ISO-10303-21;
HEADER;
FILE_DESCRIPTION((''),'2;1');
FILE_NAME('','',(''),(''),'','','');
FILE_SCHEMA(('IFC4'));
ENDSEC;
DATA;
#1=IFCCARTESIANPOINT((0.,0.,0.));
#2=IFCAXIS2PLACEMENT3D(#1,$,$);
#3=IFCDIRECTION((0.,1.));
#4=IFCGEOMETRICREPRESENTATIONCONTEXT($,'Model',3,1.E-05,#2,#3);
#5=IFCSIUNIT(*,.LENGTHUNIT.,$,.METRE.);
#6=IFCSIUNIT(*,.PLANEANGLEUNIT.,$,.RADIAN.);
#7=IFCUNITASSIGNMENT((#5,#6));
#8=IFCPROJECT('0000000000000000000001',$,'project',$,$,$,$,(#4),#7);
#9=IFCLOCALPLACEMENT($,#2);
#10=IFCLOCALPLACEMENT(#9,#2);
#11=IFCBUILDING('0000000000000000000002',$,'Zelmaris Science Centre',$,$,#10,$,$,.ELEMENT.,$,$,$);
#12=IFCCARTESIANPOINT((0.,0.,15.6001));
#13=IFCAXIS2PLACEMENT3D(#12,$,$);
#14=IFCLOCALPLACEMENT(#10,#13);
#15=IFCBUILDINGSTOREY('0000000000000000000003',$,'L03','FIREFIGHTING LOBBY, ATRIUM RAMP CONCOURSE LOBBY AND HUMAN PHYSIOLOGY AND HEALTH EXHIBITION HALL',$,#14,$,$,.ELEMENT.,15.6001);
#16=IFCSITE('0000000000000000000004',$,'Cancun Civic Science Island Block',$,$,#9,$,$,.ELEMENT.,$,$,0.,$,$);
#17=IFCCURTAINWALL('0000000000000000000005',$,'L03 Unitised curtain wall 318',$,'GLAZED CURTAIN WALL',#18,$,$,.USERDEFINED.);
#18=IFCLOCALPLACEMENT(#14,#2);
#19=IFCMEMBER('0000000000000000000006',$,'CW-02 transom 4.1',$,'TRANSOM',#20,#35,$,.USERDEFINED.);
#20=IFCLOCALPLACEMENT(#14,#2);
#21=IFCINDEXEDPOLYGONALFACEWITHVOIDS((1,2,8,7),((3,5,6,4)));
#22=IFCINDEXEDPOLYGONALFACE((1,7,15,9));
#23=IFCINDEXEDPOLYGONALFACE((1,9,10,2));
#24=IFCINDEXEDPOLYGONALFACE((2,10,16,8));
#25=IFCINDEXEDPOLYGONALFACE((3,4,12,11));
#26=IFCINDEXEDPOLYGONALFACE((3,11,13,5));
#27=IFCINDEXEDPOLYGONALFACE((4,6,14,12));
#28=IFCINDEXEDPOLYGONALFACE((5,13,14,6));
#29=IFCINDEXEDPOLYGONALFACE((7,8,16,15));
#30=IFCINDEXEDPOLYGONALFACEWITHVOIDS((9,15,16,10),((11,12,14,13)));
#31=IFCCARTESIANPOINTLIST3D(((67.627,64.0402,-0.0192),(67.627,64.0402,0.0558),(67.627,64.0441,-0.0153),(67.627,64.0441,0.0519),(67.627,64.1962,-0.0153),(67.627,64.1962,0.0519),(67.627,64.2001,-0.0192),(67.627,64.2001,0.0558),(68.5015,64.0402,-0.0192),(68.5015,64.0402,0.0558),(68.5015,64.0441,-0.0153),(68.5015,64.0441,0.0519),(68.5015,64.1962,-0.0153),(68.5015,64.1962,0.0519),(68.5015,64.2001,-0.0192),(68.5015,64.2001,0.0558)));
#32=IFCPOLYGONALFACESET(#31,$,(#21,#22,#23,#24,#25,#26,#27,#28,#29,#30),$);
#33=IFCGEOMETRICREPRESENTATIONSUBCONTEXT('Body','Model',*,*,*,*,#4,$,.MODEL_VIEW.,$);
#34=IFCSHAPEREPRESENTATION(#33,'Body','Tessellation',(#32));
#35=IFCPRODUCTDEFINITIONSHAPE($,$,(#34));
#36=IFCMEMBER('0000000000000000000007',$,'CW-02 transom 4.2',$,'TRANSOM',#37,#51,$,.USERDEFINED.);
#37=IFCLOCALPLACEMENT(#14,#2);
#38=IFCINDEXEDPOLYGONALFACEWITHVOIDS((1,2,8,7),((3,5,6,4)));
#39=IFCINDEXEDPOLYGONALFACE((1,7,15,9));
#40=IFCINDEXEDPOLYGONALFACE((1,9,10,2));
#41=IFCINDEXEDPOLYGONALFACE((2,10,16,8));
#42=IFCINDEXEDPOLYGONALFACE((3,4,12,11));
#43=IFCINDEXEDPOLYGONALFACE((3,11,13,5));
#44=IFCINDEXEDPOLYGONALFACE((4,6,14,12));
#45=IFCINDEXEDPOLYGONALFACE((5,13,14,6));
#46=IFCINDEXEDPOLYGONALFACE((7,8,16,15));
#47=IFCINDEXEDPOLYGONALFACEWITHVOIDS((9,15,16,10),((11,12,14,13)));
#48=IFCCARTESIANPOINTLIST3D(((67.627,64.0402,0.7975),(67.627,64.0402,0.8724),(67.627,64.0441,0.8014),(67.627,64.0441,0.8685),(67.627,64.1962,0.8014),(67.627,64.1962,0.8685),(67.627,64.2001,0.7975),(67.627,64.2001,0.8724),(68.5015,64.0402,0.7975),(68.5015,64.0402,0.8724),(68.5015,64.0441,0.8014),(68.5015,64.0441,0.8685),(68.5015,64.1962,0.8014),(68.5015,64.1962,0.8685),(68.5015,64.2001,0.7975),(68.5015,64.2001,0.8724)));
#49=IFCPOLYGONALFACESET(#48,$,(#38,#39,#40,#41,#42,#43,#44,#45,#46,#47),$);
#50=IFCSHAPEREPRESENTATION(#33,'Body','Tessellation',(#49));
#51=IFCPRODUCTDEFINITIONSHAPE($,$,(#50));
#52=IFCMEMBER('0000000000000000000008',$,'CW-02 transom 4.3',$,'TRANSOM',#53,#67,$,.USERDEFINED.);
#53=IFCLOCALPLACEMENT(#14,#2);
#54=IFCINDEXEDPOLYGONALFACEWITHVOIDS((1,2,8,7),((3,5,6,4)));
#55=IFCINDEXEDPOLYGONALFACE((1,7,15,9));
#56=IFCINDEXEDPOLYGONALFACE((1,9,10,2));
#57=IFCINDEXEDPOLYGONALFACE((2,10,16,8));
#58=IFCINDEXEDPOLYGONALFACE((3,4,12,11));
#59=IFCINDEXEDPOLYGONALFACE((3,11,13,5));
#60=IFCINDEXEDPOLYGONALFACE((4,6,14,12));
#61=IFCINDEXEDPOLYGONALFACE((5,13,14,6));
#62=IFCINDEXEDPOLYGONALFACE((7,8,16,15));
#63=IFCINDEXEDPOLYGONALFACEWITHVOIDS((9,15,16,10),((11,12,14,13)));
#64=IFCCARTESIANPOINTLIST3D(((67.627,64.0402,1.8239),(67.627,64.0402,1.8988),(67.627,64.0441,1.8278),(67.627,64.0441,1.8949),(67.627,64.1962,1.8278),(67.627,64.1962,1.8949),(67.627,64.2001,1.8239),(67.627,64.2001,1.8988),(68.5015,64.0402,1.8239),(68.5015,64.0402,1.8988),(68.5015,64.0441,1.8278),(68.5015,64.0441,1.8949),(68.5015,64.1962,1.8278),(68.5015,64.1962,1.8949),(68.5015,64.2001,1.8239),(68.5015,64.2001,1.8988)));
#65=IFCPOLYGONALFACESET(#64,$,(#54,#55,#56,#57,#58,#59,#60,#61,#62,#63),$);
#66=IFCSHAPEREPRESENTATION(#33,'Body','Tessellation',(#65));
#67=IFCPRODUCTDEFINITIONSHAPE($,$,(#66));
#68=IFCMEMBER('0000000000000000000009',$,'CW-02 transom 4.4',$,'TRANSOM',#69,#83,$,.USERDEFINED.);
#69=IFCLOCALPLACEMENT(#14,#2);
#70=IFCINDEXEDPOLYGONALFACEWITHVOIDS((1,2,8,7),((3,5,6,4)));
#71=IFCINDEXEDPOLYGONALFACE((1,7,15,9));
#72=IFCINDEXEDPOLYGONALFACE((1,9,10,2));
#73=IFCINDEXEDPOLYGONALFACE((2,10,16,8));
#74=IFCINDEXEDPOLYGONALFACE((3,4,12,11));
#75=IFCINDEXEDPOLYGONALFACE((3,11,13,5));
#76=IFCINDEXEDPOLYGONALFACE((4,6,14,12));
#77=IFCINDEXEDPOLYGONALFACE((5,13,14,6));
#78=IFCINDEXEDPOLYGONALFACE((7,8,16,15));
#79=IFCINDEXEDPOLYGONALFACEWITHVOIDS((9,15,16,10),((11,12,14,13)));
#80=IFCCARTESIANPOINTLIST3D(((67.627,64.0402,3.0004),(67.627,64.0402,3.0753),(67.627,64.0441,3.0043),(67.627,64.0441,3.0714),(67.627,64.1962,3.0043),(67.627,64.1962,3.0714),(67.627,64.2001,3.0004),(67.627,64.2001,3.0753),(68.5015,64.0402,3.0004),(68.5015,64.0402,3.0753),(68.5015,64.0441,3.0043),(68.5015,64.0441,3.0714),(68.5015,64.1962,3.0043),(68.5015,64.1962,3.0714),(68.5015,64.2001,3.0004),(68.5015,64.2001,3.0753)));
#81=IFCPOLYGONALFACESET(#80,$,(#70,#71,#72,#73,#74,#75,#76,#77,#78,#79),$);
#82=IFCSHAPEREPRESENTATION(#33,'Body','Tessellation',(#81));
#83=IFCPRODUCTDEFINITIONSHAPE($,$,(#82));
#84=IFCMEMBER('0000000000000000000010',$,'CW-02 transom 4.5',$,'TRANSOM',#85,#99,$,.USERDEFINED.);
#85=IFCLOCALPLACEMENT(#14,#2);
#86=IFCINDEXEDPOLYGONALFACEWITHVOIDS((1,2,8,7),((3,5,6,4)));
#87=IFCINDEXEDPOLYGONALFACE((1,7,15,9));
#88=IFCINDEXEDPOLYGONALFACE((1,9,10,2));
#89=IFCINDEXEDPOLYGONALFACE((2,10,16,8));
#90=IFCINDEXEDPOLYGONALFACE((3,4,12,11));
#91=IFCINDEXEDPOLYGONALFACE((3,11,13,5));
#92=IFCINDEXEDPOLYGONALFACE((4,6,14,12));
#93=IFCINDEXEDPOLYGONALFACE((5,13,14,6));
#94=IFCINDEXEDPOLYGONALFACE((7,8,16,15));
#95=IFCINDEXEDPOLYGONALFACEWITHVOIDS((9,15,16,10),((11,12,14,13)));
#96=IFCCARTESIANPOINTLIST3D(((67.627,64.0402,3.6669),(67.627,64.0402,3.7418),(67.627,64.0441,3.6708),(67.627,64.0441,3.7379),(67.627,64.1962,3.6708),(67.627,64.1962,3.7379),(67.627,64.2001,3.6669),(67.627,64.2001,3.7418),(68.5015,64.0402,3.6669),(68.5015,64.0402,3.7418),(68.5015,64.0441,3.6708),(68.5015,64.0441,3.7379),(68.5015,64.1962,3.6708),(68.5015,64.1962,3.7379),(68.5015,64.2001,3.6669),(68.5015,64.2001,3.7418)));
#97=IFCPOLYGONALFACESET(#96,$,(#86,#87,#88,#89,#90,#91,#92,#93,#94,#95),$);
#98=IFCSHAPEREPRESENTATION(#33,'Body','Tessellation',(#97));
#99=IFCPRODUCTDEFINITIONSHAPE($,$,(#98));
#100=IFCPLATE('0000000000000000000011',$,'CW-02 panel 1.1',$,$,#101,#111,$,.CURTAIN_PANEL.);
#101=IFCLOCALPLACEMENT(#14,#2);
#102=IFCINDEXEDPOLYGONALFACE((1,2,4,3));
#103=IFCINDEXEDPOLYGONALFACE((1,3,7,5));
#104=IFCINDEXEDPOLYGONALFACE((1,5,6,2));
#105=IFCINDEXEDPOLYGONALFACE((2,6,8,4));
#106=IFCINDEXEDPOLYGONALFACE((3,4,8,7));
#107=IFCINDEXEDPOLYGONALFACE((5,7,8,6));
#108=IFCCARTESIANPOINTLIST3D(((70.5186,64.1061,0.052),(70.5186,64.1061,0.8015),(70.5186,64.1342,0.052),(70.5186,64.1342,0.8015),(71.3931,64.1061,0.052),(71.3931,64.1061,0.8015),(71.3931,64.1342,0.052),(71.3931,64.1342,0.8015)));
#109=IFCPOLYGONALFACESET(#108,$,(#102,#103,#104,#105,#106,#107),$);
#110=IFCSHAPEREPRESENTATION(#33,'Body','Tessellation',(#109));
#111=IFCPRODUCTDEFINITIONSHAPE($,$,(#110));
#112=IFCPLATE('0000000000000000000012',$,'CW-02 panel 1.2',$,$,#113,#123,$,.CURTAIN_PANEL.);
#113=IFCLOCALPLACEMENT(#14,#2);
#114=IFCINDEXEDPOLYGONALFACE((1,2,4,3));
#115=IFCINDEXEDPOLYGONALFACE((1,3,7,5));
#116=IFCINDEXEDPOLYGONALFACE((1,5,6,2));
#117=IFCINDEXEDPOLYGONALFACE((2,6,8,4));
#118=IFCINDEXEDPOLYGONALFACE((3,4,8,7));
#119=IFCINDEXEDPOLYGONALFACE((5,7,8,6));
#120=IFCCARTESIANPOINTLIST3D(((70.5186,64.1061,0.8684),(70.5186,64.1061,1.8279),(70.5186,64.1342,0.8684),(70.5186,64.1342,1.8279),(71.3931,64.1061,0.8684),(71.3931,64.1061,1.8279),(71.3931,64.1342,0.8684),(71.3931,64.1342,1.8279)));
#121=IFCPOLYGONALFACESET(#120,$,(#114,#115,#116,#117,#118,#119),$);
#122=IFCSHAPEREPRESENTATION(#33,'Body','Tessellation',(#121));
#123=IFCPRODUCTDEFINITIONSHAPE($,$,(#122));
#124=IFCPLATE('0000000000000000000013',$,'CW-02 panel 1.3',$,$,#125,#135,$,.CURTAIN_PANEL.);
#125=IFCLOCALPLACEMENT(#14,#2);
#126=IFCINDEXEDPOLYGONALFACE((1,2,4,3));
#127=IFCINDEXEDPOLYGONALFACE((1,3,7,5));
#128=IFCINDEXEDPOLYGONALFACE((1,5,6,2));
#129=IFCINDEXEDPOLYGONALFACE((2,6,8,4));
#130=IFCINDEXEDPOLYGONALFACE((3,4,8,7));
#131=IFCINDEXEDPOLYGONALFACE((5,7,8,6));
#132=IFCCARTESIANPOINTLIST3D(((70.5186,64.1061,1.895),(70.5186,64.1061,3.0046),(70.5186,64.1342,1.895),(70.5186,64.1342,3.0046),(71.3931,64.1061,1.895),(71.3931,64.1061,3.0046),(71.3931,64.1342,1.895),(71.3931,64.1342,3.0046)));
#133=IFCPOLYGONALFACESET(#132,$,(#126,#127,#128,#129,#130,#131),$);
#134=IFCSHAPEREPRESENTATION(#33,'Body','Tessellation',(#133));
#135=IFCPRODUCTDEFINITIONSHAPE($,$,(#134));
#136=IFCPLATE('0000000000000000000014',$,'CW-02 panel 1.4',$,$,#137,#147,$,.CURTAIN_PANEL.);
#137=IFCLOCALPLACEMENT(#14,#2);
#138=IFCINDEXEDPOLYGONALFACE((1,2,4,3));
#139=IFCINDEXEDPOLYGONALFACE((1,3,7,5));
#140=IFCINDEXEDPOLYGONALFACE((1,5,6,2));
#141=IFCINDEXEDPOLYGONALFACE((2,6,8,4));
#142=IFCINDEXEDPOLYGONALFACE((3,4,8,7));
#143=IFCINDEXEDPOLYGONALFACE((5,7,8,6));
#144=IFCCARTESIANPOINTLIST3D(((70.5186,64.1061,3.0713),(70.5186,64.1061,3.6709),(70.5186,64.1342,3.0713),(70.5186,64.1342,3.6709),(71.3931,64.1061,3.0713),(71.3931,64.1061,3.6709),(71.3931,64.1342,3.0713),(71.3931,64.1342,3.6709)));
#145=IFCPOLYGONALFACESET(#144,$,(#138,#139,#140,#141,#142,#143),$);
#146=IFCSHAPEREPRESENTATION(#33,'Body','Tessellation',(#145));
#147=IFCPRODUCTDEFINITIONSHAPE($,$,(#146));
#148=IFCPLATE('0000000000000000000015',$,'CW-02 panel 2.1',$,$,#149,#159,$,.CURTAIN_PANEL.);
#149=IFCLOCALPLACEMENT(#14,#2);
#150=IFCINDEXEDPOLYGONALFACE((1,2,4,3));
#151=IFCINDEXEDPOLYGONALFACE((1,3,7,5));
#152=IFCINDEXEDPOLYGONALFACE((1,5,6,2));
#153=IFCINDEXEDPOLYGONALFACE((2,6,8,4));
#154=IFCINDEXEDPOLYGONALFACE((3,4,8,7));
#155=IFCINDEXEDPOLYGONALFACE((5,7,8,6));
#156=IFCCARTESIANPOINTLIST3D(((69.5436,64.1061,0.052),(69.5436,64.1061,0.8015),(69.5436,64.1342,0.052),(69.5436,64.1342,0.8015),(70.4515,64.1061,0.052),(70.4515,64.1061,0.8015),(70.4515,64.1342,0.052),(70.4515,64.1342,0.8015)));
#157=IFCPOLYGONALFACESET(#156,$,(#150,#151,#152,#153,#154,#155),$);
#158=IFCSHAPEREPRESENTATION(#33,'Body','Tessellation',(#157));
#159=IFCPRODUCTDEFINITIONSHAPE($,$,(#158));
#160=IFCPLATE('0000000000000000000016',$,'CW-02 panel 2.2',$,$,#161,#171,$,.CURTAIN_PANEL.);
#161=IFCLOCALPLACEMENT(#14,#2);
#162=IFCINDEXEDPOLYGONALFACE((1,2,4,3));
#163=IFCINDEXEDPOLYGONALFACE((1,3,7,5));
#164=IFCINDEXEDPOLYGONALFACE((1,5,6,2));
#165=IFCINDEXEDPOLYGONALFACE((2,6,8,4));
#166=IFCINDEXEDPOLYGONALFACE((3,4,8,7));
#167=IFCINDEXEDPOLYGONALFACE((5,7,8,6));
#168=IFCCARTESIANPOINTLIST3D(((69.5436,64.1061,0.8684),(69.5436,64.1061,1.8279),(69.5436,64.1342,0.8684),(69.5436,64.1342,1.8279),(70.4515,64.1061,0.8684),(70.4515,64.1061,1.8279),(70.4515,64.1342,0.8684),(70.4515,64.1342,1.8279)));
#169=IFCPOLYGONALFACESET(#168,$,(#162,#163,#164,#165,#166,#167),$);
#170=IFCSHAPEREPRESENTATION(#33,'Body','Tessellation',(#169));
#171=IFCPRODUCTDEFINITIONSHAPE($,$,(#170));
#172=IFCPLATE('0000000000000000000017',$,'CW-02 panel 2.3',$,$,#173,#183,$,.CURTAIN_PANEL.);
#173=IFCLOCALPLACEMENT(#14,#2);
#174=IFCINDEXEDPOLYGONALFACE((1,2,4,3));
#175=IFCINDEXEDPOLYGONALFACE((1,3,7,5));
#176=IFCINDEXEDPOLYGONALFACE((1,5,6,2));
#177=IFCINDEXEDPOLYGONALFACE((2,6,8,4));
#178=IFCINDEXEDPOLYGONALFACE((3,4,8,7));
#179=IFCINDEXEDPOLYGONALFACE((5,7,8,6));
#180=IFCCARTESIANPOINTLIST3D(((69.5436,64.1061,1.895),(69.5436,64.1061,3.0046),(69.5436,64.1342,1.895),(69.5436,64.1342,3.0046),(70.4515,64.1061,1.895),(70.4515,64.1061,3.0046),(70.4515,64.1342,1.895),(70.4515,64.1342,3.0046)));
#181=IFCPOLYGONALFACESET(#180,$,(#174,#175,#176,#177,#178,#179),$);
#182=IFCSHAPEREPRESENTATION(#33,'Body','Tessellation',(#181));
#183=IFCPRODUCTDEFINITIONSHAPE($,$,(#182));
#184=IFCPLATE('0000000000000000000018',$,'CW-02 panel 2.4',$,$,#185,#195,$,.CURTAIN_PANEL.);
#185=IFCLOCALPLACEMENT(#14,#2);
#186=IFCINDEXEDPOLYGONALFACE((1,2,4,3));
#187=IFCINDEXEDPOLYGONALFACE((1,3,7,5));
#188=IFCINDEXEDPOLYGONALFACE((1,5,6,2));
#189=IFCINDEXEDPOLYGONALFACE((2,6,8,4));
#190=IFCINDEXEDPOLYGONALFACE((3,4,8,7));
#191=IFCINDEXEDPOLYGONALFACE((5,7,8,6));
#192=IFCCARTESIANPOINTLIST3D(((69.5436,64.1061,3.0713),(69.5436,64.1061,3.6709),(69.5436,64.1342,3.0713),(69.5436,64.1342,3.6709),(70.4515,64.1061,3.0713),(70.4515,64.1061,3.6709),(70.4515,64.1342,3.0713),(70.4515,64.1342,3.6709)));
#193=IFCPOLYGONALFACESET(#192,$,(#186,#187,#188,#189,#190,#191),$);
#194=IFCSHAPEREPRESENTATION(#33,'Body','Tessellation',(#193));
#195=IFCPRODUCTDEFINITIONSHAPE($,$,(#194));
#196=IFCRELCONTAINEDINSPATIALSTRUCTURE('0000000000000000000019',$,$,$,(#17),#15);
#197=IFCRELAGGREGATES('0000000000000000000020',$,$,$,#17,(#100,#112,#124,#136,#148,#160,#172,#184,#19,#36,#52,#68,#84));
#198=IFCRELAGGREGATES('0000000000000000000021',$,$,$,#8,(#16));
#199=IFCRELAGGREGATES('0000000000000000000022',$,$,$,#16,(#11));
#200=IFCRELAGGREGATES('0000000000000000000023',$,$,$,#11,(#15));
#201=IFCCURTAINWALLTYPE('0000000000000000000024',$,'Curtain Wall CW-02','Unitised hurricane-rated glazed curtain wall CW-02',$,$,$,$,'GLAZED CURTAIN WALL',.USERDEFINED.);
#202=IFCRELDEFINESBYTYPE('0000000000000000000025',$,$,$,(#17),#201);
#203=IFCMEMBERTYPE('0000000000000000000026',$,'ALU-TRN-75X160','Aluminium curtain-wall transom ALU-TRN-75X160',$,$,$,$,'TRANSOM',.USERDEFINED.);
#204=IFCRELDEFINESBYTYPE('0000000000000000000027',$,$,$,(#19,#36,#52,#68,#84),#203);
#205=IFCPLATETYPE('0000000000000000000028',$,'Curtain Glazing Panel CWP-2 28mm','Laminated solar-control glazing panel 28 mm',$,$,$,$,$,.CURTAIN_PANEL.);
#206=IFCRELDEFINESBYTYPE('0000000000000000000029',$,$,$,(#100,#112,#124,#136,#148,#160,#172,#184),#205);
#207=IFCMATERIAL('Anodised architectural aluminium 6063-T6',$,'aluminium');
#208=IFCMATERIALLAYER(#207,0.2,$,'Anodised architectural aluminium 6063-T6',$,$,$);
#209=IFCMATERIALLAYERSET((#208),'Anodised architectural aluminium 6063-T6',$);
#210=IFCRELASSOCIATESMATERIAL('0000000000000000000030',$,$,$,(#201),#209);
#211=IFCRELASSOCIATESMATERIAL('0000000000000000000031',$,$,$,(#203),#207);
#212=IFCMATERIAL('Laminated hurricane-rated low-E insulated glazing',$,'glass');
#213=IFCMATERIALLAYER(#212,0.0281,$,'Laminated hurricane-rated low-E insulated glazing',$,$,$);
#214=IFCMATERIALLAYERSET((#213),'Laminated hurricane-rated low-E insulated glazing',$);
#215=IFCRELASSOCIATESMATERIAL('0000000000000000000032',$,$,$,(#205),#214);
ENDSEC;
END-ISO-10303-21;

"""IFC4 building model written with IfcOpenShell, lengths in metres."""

from ifc_helpers import new_model, si_unit, direction, frame, origin, origin_2d, place, context, subcontext, project, spatial, rectangle, hollow_rectangle, extrude, material, layer, layer_set, material_profile, profile_set, type_object, element, aggregate, save


model = new_model("IFC4")

# Units and contexts
model_context = context("Model", 3, precision=1e-05, world=origin(), true_north=direction((0.0, 1.0)))
body_context = subcontext(model_context, "Body", "Model", "MODEL_VIEW")
ifc_project = project(units=[si_unit("LENGTHUNIT", "METRE"), si_unit("PLANEANGLEUNIT", "RADIAN")], contexts=[model_context])

# Site, building, storey
site_placement = place(None, origin())
site = spatial("IfcSite", under=ifc_project, at=site_placement, Name="Cancun Civic Science Island Block", CompositionType="ELEMENT", RefElevation=0.0)
building_placement = place(site_placement, origin())
building = spatial("IfcBuilding", under=site, at=building_placement, Name="Zelmaris Science Centre", CompositionType="ELEMENT")
storey_placement = place(building_placement, frame((0.0, 0.0, 15.6001)))
storey = spatial("IfcBuildingStorey", under=building, at=storey_placement, Name="L03", Description="FIREFIGHTING LOBBY, ATRIUM RAMP CONCOURSE LOBBY AND HUMAN PHYSIOLOGY AND HEALTH EXHIBITION HALL", CompositionType="ELEMENT", Elevation=15.6001)

# Curtain wall, members, plates
ifc_material_1 = material(Name="Anodised architectural aluminium 6063-T6", Category="aluminium")
ifc_layer_1 = layer(ifc_material_1, 0.2, Name="Anodised architectural aluminium 6063-T6")
ifc_layer_set_1 = layer_set([ifc_layer_1], Name="Anodised architectural aluminium 6063-T6")
curtain_wall_type = type_object("IfcCurtainWallType", Name="Curtain Wall CW-02", Description="Unitised hurricane-rated glazed curtain wall CW-02", ElementType="GLAZED CURTAIN WALL", PredefinedType="USERDEFINED", material=ifc_layer_set_1)
curtain_wall_placement = place(storey_placement, origin())
curtain_wall = element("IfcCurtainWall", 1, at=curtain_wall_placement, inside=storey, type_object=curtain_wall_type, Name="L03 Unitised curtain wall 318", ObjectType="GLAZED CURTAIN WALL", PredefinedType="USERDEFINED")
ifc_material_profile_1 = material_profile(ifc_material_1, hollow_rectangle(XDim=0.075, YDim=0.1599, WallThickness=0.0039, at=origin_2d()), Name="ALU-TRN-75X160")
ifc_profile_set_1 = profile_set([ifc_material_profile_1], Name="Anodised architectural aluminium 6063-T6")
member_type_1 = type_object("IfcMemberType", Name="ALU-TRN-75X160", Description="Aluminium curtain-wall transom ALU-TRN-75X160", ElementType="TRANSOM", PredefinedType="USERDEFINED", material=ifc_profile_set_1)
member_1_placement = place(storey_placement, frame((68.5015, 64.1201, 0.0183), z_axis=(-1.0, 0.0, 0.0), x_axis=(0.0, 0.0, 1.0)))
member_1 = element("IfcMember", 2, at=member_1_placement, type_object=member_type_1, Name="CW-02 transom 4.1", ObjectType="TRANSOM", PredefinedType="USERDEFINED", context=body_context, shape_type="SweptSolid", body=[
    extrude(hollow_rectangle(XDim=0.075, YDim=0.1599, WallThickness=0.0039, at=origin_2d()), origin(), (0.0, 0.0, 1.0), 0.8745),
])
member_2_placement = place(storey_placement, frame((68.5015, 64.1201, 0.835), z_axis=(-1.0, 0.0, 0.0), x_axis=(0.0, 0.0, 1.0)))
member_2 = element("IfcMember", 3, at=member_2_placement, type_object=member_type_1, Name="CW-02 transom 4.2", ObjectType="TRANSOM", PredefinedType="USERDEFINED", context=body_context, shape_type="SweptSolid", body=[
    extrude(hollow_rectangle(XDim=0.075, YDim=0.1599, WallThickness=0.0039, at=origin_2d()), origin(), (0.0, 0.0, 1.0), 0.8745),
])
member_3_placement = place(storey_placement, frame((68.5015, 64.1201, 1.8613), z_axis=(-1.0, 0.0, 0.0), x_axis=(0.0, 0.0, 1.0)))
member_3 = element("IfcMember", 4, at=member_3_placement, type_object=member_type_1, Name="CW-02 transom 4.3", ObjectType="TRANSOM", PredefinedType="USERDEFINED", context=body_context, shape_type="SweptSolid", body=[
    extrude(hollow_rectangle(XDim=0.075, YDim=0.1599, WallThickness=0.0039, at=origin_2d()), origin(), (0.0, 0.0, 1.0), 0.8745),
])
member_4_placement = place(storey_placement, frame((68.5015, 64.1201, 3.0378), z_axis=(-1.0, 0.0, 0.0), x_axis=(0.0, 0.0, 1.0)))
member_4 = element("IfcMember", 5, at=member_4_placement, type_object=member_type_1, Name="CW-02 transom 4.4", ObjectType="TRANSOM", PredefinedType="USERDEFINED", context=body_context, shape_type="SweptSolid", body=[
    extrude(hollow_rectangle(XDim=0.075, YDim=0.1599, WallThickness=0.0039, at=origin_2d()), origin(), (0.0, 0.0, 1.0), 0.8745),
])
member_5_placement = place(storey_placement, frame((68.5015, 64.1201, 3.7043), z_axis=(-1.0, 0.0, 0.0), x_axis=(0.0, 0.0, 1.0)))
member_5 = element("IfcMember", 6, at=member_5_placement, type_object=member_type_1, Name="CW-02 transom 4.5", ObjectType="TRANSOM", PredefinedType="USERDEFINED", context=body_context, shape_type="SweptSolid", body=[
    extrude(hollow_rectangle(XDim=0.075, YDim=0.1599, WallThickness=0.0039, at=origin_2d()), origin(), (0.0, 0.0, 1.0), 0.8745),
])
ifc_material_2 = material(Name="Laminated hurricane-rated low-E insulated glazing", Category="glass")
ifc_layer_2 = layer(ifc_material_2, 0.0281, Name="Laminated hurricane-rated low-E insulated glazing")
ifc_layer_set_2 = layer_set([ifc_layer_2], Name="Laminated hurricane-rated low-E insulated glazing")
plate_type = type_object("IfcPlateType", Name="Curtain Glazing Panel CWP-2 28mm", Description="Laminated solar-control glazing panel 28 mm", PredefinedType="CURTAIN_PANEL", material=ifc_layer_set_2)
plate_1_placement = place(storey_placement, frame((70.9558, 64.1201, 0.052), z_axis=(0.0, 0.0, 1.0), x_axis=(-1.0, 0.0, 0.0)))
plate_1 = element("IfcPlate", 7, at=plate_1_placement, type_object=plate_type, Name="CW-02 panel 1.1", PredefinedType="CURTAIN_PANEL", context=body_context, shape_type="SweptSolid", body=[
    extrude(rectangle(XDim=0.8745, YDim=0.0281, at=origin_2d()), origin(), (0.0, 0.0, 1.0), 0.7495),
])
plate_2_placement = place(storey_placement, frame((70.9558, 64.1201, 0.8684), z_axis=(0.0, 0.0, 1.0), x_axis=(-1.0, 0.0, 0.0)))
plate_2 = element("IfcPlate", 8, at=plate_2_placement, type_object=plate_type, Name="CW-02 panel 1.2", PredefinedType="CURTAIN_PANEL", context=body_context, shape_type="SweptSolid", body=[
    extrude(rectangle(XDim=0.8745, YDim=0.0281, at=origin_2d()), origin(), (0.0, 0.0, 1.0), 0.9595),
])
plate_3_placement = place(storey_placement, frame((70.9558, 64.1201, 1.895), z_axis=(0.0, 0.0, 1.0), x_axis=(-1.0, 0.0, 0.0)))
plate_3 = element("IfcPlate", 9, at=plate_3_placement, type_object=plate_type, Name="CW-02 panel 1.3", PredefinedType="CURTAIN_PANEL", context=body_context, shape_type="SweptSolid", body=[
    extrude(rectangle(XDim=0.8745, YDim=0.0281, at=origin_2d()), origin(), (0.0, 0.0, 1.0), 1.1096),
])
plate_4_placement = place(storey_placement, frame((70.9558, 64.1201, 3.0713), z_axis=(0.0, 0.0, 1.0), x_axis=(-1.0, 0.0, 0.0)))
plate_4 = element("IfcPlate", 10, at=plate_4_placement, type_object=plate_type, Name="CW-02 panel 1.4", PredefinedType="CURTAIN_PANEL", context=body_context, shape_type="SweptSolid", body=[
    extrude(rectangle(XDim=0.8745, YDim=0.0281, at=origin_2d()), origin(), (0.0, 0.0, 1.0), 0.5996),
])
plate_5_placement = place(storey_placement, frame((69.9976, 64.1201, 0.052), z_axis=(0.0, 0.0, 1.0), x_axis=(-1.0, 0.0, 0.0)))
plate_5 = element("IfcPlate", 11, at=plate_5_placement, type_object=plate_type, Name="CW-02 panel 2.1", PredefinedType="CURTAIN_PANEL", context=body_context, shape_type="SweptSolid", body=[
    extrude(rectangle(XDim=0.908, YDim=0.0281, at=origin_2d()), origin(), (0.0, 0.0, 1.0), 0.7495),
])
plate_6_placement = place(storey_placement, frame((69.9976, 64.1201, 0.8684), z_axis=(0.0, 0.0, 1.0), x_axis=(-1.0, 0.0, 0.0)))
plate_6 = element("IfcPlate", 12, at=plate_6_placement, type_object=plate_type, Name="CW-02 panel 2.2", PredefinedType="CURTAIN_PANEL", context=body_context, shape_type="SweptSolid", body=[
    extrude(rectangle(XDim=0.908, YDim=0.0281, at=origin_2d()), origin(), (0.0, 0.0, 1.0), 0.9595),
])
plate_7_placement = place(storey_placement, frame((69.9976, 64.1201, 1.895), z_axis=(0.0, 0.0, 1.0), x_axis=(-1.0, 0.0, 0.0)))
plate_7 = element("IfcPlate", 13, at=plate_7_placement, type_object=plate_type, Name="CW-02 panel 2.3", PredefinedType="CURTAIN_PANEL", context=body_context, shape_type="SweptSolid", body=[
    extrude(rectangle(XDim=0.908, YDim=0.0281, at=origin_2d()), origin(), (0.0, 0.0, 1.0), 1.1096),
])
plate_8_placement = place(storey_placement, frame((69.9976, 64.1201, 3.0713), z_axis=(0.0, 0.0, 1.0), x_axis=(-1.0, 0.0, 0.0)))
plate_8 = element("IfcPlate", 14, at=plate_8_placement, type_object=plate_type, Name="CW-02 panel 2.4", PredefinedType="CURTAIN_PANEL", context=body_context, shape_type="SweptSolid", body=[
    extrude(rectangle(XDim=0.908, YDim=0.0281, at=origin_2d()), origin(), (0.0, 0.0, 1.0), 0.5996),
])
aggregate(curtain_wall, [plate_1, plate_2, plate_3, plate_4, plate_5, plate_6, plate_7, plate_8, member_1, member_2, member_3, member_4, member_5])

save(model, "model.ifc")
